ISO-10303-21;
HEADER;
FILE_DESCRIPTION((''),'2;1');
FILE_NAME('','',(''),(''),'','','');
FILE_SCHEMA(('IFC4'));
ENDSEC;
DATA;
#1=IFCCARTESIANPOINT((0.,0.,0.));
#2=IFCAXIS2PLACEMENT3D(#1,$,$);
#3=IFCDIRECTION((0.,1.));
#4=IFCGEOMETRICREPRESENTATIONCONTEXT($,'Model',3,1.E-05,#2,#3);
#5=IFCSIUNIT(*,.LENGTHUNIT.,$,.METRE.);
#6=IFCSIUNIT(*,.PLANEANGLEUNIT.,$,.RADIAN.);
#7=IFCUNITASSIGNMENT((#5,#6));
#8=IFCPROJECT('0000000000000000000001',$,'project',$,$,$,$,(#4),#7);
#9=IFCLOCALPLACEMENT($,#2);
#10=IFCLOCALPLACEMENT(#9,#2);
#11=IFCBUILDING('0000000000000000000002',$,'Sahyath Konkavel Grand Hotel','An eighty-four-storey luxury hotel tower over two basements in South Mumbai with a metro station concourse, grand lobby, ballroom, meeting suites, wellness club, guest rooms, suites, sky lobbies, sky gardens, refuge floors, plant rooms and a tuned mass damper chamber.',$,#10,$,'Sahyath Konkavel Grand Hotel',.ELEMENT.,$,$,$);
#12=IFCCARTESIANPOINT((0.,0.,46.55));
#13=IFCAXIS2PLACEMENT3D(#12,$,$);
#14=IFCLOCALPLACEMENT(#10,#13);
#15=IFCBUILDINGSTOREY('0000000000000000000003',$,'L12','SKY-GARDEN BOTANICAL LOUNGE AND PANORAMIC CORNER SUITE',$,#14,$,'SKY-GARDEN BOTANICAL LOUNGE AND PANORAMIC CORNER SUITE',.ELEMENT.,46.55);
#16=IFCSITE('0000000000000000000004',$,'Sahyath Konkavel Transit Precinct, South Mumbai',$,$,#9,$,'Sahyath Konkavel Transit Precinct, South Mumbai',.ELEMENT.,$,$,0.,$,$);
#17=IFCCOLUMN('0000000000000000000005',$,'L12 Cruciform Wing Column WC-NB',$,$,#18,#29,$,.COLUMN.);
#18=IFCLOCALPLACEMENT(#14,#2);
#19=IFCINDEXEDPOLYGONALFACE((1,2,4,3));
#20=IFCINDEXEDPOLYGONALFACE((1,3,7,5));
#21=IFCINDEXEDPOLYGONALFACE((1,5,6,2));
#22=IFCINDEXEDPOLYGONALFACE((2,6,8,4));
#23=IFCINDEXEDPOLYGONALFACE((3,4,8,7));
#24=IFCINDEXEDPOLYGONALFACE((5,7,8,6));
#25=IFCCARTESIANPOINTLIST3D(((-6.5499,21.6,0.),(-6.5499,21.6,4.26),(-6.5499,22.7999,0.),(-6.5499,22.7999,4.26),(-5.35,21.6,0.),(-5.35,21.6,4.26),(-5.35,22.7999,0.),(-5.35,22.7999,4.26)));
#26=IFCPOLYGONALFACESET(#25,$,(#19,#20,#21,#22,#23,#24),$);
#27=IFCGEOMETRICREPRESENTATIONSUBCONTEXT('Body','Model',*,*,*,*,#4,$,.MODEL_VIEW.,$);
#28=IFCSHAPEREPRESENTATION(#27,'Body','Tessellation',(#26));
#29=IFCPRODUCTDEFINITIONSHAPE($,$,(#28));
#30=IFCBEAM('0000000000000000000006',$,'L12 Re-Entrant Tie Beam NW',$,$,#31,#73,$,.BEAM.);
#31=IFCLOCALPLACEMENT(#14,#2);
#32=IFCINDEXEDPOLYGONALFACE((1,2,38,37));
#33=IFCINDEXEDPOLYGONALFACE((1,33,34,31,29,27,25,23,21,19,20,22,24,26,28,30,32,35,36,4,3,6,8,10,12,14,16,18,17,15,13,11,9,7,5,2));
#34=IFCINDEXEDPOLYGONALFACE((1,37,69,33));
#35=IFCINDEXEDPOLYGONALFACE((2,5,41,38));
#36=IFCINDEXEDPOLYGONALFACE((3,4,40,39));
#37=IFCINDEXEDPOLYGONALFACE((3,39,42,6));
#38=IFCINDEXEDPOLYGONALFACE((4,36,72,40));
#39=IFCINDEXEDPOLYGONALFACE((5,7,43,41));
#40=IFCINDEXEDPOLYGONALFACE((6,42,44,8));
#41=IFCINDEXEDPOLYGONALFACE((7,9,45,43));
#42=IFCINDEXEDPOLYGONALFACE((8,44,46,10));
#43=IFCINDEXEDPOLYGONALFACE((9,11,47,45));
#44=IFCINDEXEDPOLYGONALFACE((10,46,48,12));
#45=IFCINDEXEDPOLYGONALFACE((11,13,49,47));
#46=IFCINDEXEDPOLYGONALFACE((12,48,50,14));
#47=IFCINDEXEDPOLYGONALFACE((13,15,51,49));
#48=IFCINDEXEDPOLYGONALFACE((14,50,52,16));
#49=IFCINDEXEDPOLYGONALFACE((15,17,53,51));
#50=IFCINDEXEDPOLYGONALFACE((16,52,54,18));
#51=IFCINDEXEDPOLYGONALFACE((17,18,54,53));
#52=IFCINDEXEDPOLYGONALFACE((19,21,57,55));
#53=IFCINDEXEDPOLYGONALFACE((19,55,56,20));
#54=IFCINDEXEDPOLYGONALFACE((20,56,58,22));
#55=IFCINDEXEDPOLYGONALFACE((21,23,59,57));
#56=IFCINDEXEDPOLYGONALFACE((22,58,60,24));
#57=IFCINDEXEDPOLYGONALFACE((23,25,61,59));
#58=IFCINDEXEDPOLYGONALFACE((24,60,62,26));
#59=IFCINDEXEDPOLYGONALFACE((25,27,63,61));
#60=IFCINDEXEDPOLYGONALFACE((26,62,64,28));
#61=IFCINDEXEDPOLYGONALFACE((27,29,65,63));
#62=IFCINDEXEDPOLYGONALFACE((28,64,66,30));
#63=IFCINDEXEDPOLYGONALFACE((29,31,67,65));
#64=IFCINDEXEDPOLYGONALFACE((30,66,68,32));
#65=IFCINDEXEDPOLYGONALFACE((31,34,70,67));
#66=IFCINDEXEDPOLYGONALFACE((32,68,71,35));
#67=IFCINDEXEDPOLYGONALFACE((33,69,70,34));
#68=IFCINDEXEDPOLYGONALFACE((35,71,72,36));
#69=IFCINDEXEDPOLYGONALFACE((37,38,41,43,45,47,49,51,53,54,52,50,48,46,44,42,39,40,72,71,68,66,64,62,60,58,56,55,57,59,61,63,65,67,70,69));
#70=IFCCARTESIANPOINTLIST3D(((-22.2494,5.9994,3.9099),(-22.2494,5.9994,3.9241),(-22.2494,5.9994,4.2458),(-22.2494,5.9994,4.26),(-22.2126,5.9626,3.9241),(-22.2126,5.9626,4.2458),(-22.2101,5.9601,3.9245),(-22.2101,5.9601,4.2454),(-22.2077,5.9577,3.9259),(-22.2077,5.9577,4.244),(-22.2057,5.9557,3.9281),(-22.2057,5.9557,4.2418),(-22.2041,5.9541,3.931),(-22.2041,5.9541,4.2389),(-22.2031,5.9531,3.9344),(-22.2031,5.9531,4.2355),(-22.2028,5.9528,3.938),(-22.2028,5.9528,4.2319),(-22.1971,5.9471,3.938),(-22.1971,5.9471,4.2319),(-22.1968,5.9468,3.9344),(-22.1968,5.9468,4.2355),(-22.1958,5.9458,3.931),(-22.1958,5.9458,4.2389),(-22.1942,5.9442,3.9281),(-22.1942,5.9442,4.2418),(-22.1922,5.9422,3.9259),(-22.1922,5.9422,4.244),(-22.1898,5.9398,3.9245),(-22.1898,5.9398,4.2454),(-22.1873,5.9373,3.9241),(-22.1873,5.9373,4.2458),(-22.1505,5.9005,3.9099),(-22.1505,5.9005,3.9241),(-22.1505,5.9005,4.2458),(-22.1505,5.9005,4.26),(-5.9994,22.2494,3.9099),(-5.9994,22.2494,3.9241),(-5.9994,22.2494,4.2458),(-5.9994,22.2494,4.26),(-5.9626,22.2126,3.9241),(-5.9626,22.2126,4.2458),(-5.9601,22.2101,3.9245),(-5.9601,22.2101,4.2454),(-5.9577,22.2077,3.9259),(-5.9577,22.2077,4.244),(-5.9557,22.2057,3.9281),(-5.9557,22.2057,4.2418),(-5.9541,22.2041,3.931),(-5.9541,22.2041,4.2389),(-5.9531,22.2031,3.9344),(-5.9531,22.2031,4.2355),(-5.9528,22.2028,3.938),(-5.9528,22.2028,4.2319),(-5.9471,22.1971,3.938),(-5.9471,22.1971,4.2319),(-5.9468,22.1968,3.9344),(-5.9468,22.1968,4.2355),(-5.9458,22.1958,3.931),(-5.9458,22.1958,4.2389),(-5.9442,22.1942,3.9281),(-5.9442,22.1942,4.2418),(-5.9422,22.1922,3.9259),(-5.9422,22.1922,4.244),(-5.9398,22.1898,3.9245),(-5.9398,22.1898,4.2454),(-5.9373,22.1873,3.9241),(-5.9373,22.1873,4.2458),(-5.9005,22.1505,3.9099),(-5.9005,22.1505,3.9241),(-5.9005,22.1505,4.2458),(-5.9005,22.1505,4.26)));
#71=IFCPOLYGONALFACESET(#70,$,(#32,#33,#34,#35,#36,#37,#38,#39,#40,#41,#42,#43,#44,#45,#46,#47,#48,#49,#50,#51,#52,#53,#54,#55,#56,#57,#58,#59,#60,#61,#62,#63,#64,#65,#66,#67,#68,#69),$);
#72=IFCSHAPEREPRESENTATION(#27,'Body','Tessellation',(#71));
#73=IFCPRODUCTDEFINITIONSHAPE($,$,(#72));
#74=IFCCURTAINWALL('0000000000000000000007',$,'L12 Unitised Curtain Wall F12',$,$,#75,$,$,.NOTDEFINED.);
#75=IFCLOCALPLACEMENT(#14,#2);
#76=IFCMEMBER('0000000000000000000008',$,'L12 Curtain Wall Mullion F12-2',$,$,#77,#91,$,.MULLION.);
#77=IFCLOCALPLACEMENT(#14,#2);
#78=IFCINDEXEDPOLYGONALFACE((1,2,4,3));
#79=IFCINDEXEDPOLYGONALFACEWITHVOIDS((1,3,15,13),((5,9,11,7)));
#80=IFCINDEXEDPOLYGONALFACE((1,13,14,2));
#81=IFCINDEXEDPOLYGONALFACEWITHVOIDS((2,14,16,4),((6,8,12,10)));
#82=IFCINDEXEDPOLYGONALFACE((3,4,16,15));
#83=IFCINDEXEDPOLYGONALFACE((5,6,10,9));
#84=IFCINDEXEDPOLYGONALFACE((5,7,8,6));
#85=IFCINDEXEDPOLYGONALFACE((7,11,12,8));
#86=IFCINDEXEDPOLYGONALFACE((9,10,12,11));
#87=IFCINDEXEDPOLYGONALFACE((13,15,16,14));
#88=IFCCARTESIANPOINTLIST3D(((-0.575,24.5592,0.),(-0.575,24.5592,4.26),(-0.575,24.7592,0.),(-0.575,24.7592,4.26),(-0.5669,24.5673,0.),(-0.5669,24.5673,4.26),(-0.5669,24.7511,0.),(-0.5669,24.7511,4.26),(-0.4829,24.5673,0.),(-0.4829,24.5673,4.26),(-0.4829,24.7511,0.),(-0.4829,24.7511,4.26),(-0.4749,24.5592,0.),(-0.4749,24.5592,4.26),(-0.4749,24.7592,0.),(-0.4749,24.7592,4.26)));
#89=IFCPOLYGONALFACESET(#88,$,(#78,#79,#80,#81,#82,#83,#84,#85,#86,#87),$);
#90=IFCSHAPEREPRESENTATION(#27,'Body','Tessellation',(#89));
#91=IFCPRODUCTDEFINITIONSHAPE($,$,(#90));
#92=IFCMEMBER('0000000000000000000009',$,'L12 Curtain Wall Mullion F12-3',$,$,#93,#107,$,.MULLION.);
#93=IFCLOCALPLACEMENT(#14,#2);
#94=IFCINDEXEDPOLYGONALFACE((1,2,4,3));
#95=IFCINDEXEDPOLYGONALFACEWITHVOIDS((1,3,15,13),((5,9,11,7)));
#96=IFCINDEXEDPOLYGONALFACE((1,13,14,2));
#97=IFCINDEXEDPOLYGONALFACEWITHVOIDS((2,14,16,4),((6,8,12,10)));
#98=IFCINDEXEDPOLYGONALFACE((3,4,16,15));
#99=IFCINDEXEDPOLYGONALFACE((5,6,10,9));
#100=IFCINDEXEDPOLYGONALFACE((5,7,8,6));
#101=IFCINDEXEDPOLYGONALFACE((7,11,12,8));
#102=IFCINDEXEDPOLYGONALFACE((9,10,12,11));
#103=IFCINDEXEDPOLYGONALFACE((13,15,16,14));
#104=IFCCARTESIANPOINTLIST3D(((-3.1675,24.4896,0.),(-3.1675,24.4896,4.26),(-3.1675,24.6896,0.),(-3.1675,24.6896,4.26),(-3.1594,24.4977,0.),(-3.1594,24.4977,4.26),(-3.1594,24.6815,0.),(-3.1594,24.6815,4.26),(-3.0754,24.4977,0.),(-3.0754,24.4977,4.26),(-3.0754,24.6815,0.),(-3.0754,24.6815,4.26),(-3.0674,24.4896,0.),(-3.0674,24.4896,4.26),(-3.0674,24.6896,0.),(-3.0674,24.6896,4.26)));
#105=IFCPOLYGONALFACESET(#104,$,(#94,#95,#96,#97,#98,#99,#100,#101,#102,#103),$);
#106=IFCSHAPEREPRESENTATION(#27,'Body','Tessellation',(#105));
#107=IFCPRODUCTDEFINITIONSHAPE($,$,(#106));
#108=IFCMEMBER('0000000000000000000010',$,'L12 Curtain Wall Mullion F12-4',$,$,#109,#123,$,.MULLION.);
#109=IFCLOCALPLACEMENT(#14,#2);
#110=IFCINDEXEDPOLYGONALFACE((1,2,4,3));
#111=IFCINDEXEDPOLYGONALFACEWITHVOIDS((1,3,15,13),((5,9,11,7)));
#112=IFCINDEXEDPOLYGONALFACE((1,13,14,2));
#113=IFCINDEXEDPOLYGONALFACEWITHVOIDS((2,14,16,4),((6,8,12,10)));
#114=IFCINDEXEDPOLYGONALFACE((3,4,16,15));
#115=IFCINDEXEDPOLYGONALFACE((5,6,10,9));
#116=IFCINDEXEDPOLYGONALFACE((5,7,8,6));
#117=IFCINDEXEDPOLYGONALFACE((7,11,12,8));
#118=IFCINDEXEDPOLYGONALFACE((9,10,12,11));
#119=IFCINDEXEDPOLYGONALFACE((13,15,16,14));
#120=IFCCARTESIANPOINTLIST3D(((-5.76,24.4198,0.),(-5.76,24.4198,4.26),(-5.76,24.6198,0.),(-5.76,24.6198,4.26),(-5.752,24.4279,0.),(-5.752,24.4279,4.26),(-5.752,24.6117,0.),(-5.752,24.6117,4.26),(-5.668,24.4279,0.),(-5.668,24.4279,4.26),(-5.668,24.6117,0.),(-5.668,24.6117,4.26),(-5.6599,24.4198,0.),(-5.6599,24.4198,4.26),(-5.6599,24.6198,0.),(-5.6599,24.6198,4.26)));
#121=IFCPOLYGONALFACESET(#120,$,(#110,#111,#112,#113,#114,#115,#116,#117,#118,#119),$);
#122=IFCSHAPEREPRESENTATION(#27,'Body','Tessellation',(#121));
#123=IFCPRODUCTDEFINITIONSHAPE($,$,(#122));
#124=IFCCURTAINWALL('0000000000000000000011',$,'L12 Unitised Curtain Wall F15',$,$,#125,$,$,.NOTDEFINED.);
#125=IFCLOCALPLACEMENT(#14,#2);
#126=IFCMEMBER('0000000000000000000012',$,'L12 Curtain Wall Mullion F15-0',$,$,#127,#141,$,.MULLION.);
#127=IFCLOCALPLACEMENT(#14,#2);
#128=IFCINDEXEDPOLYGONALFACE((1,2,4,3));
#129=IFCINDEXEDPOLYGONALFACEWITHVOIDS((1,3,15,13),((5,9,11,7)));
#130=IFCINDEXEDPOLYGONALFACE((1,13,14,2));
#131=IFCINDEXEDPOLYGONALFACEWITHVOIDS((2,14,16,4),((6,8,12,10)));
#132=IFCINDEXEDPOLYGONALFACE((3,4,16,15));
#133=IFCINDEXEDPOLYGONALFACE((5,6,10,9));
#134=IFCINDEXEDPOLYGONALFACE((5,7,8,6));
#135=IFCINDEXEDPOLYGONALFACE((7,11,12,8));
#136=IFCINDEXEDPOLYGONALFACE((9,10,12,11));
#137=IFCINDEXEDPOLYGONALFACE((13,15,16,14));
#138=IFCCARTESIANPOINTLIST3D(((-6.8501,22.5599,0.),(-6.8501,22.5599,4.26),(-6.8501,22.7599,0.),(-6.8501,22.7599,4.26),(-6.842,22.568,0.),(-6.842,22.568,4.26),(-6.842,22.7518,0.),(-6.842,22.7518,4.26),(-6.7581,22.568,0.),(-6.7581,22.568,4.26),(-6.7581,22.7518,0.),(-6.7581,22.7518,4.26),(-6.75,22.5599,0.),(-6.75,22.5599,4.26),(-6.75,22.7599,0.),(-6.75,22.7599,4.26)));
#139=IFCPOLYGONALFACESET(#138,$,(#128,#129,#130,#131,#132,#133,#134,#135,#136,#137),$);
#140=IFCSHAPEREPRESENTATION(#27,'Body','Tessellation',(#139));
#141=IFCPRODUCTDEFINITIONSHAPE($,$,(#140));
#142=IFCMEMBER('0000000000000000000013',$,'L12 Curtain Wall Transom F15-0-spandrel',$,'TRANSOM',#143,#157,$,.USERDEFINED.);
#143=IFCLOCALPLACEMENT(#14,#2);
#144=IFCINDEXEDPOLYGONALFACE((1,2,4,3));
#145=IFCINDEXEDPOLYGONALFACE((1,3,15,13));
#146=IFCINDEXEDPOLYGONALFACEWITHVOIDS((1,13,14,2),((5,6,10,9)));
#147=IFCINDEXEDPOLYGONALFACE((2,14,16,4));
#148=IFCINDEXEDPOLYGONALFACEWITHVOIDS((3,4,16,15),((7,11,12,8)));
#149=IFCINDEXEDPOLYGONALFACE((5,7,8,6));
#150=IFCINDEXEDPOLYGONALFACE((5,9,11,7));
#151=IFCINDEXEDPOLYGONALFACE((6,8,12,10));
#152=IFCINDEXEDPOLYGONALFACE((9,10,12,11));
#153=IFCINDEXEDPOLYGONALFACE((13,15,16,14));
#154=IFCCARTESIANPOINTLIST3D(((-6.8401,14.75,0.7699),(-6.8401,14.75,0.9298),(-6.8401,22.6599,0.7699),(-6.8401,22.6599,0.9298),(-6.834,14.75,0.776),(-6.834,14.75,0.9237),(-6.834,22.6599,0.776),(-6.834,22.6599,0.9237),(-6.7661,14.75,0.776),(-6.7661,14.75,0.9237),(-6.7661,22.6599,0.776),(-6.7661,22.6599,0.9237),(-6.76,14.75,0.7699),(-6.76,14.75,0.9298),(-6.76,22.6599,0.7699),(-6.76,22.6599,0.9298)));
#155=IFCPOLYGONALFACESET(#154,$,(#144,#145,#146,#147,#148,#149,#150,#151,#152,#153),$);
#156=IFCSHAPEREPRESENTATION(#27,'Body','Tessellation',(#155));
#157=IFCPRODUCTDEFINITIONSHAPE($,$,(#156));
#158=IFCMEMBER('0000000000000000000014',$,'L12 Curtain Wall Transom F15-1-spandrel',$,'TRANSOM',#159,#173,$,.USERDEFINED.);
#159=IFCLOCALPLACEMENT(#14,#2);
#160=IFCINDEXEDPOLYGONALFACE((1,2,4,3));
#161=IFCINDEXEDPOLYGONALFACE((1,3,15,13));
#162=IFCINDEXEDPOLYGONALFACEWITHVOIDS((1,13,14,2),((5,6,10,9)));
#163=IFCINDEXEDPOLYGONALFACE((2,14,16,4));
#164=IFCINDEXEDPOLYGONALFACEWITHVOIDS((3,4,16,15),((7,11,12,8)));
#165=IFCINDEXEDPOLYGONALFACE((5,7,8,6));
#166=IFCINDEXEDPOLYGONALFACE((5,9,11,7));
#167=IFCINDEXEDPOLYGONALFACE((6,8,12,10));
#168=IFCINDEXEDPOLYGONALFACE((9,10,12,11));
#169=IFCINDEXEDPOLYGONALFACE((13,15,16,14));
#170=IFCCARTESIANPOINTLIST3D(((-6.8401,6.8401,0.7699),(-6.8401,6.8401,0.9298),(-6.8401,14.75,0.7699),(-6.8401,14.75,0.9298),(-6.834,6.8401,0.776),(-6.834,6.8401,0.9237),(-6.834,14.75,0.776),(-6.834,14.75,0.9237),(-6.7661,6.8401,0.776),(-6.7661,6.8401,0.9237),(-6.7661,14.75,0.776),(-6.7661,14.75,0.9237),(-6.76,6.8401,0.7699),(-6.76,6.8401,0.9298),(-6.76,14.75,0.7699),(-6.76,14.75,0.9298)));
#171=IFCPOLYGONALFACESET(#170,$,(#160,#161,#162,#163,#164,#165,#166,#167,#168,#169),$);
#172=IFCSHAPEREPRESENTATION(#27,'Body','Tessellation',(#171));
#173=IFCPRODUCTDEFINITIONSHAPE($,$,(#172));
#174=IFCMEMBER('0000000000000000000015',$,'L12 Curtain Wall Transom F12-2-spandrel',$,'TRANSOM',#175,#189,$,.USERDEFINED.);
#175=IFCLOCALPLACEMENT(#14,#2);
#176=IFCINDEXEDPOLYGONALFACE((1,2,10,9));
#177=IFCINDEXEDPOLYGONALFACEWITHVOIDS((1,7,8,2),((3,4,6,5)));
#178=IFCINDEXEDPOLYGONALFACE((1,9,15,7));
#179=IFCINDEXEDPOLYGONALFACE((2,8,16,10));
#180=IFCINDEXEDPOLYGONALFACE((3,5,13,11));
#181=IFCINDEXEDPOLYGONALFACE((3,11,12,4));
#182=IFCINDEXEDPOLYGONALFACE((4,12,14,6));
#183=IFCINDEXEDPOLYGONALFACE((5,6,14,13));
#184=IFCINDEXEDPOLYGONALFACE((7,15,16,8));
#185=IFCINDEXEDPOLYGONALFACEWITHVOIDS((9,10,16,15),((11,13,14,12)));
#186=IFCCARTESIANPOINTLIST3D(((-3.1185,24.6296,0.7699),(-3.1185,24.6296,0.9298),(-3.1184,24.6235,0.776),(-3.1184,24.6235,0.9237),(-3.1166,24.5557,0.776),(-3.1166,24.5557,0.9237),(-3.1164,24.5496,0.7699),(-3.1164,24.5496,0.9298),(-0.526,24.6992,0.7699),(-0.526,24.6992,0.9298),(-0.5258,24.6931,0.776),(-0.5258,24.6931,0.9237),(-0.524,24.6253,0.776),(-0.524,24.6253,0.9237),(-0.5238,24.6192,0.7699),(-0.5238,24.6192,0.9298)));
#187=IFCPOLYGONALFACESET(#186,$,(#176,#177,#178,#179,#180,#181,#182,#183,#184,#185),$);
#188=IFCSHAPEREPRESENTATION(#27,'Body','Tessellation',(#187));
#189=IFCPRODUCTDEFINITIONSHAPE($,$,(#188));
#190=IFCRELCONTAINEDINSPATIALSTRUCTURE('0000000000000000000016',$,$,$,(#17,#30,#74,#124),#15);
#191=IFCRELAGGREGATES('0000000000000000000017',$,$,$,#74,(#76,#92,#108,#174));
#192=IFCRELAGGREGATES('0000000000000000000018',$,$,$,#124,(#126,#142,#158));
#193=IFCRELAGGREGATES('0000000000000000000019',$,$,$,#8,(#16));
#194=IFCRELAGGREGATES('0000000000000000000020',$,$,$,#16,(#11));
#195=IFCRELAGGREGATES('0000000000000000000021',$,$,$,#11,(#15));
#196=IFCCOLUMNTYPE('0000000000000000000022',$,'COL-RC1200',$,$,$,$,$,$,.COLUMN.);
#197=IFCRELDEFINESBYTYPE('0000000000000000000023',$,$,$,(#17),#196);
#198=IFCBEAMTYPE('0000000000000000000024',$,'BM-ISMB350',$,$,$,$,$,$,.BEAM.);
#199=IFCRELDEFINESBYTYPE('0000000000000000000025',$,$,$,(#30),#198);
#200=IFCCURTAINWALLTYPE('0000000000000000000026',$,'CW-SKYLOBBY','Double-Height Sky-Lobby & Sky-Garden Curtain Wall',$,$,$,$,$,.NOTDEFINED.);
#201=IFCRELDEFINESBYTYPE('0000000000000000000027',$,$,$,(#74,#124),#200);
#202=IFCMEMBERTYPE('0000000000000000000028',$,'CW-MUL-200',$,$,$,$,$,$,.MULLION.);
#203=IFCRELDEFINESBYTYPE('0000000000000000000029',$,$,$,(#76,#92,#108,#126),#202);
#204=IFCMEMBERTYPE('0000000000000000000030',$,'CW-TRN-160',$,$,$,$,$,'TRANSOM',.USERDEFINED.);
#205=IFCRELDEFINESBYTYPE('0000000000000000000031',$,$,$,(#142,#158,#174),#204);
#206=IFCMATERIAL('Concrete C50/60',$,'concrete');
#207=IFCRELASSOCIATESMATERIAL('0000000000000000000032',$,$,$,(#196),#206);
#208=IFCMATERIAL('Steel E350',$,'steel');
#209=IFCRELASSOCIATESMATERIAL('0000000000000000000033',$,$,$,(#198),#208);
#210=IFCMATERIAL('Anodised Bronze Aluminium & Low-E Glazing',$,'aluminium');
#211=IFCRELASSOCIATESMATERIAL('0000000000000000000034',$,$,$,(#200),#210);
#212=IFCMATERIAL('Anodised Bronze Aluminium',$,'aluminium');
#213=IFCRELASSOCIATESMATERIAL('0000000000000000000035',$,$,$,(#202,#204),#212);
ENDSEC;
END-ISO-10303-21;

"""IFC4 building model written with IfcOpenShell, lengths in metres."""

from ifc_helpers import new_model, si_unit, direction, frame, origin, origin_2d, place, context, subcontext, project, spatial, rectangle, hollow_rectangle, i_section, extrude, source, transform, mapped, material, material_profile, profile_set, type_object, element, aggregate, save


model = new_model("IFC4")

# Units and contexts
model_context = context("Model", 3, precision=1e-05, world=origin(), true_north=direction((0.0, 1.0)))
body_context = subcontext(model_context, "Body", "Model", "MODEL_VIEW")
ifc_project = project(units=[si_unit("LENGTHUNIT", "METRE"), si_unit("PLANEANGLEUNIT", "RADIAN")], contexts=[model_context])

# Site, building, storey
site_placement = place(None, origin())
site = spatial("IfcSite", under=ifc_project, at=site_placement, Name="Sahyath Konkavel Transit Precinct, South Mumbai", LongName="Sahyath Konkavel Transit Precinct, South Mumbai", CompositionType="ELEMENT", RefElevation=0.0)
building_placement = place(site_placement, origin())
building = spatial("IfcBuilding", under=site, at=building_placement, Name="Sahyath Konkavel Grand Hotel", Description="An eighty-four-storey luxury hotel tower over two basements in South Mumbai with a metro station concourse, grand lobby, ballroom, meeting suites, wellness club, guest rooms, suites, sky lobbies, sky gardens, refuge floors, plant rooms and a tuned mass damper chamber.", LongName="Sahyath Konkavel Grand Hotel", CompositionType="ELEMENT")
storey_placement = place(building_placement, frame((0.0, 0.0, 46.55)))
storey = spatial("IfcBuildingStorey", under=building, at=storey_placement, Name="L12", Description="SKY-GARDEN BOTANICAL LOUNGE AND PANORAMIC CORNER SUITE", LongName="SKY-GARDEN BOTANICAL LOUNGE AND PANORAMIC CORNER SUITE", CompositionType="ELEMENT", Elevation=46.55)

# Column
ifc_material_1 = material(Name="Concrete C50/60", Category="concrete")
ifc_material_profile_1 = material_profile(ifc_material_1, rectangle(XDim=1.2, YDim=1.2, at=origin_2d()), Name="RC 1200x1200")
ifc_profile_set_1 = profile_set([ifc_material_profile_1], Name="Concrete C50/60")
column_type = type_object("IfcColumnType", Name="COL-RC1200", PredefinedType="COLUMN", material=ifc_profile_set_1)
shared_shape_1 = source(origin(), body_context, "Body", "SweptSolid", [
    extrude(rectangle(XDim=1.2, YDim=1.2, at=origin_2d()), origin(), (0.0, 0.0, 1.0), 4.26),
])
column_placement = place(storey_placement, frame((-5.95, 22.2, 0.0), z_axis=(0.0, 0.0, 1.0), x_axis=(1.0, 0.0, 0.0)))
element("IfcColumn", 1, at=column_placement, inside=storey, type_object=column_type, Name="L12 Cruciform Wing Column WC-NB", PredefinedType="COLUMN", context=body_context, shape_type="MappedRepresentation", body=[
    mapped(shared_shape_1, transform((0.0, 0.0, 0.0), scale=1.0)),
])

# Beam
ifc_material_2 = material(Name="Steel E350", Category="steel")
ifc_material_profile_2 = material_profile(ifc_material_2, i_section(OverallWidth=0.1399, OverallDepth=0.3501, WebThickness=0.0081, FlangeThickness=0.0142, FilletRadius=0.0139, at=origin_2d()), Name="ISMB 350")
ifc_profile_set_2 = profile_set([ifc_material_profile_2], Name="Steel E350")
beam_type = type_object("IfcBeamType", Name="BM-ISMB350", PredefinedType="BEAM", material=ifc_profile_set_2)
shared_shape_2 = source(origin(), body_context, "Body", "SweptSolid", [
    extrude(i_section(OverallWidth=0.1399, OverallDepth=0.3501, WebThickness=0.0081, FlangeThickness=0.0142, FilletRadius=0.0139, at=origin_2d()), origin(), (0.0, 0.0, 1.0), 22.981),
])
beam_placement = place(storey_placement, frame((-5.95, 22.2, 4.085), z_axis=(-0.707107, -0.707107, 0.0), x_axis=(0.707107, -0.707107, 0.0)))
element("IfcBeam", 2, at=beam_placement, inside=storey, type_object=beam_type, Name="L12 Re-Entrant Tie Beam NW", PredefinedType="BEAM", context=body_context, shape_type="MappedRepresentation", body=[
    mapped(shared_shape_2, transform((0.0, 0.0, 0.0), scale=1.0)),
])

# Curtain walls, members
ifc_material_3 = material(Name="Anodised Bronze Aluminium & Low-E Glazing", Category="aluminium")
curtain_wall_type = type_object("IfcCurtainWallType", Name="CW-SKYLOBBY", Description="Double-Height Sky-Lobby & Sky-Garden Curtain Wall", PredefinedType="NOTDEFINED", material=ifc_material_3)
curtain_wall_1_placement = place(storey_placement, origin())
curtain_wall_1 = element("IfcCurtainWall", 3, at=curtain_wall_1_placement, inside=storey, type_object=curtain_wall_type, Name="L12 Unitised Curtain Wall F12", PredefinedType="NOTDEFINED")
ifc_material_4 = material(Name="Anodised Bronze Aluminium", Category="aluminium")
ifc_material_profile_3 = material_profile(ifc_material_4, hollow_rectangle(XDim=0.1001, YDim=0.2, WallThickness=0.0081, at=origin_2d()), Name="RHS 200x100x8")
ifc_profile_set_3 = profile_set([ifc_material_profile_3], Name="Anodised Bronze Aluminium")
member_type_1 = type_object("IfcMemberType", Name="CW-MUL-200", PredefinedType="MULLION", material=ifc_profile_set_3)
shared_shape_3 = source(origin(), body_context, "Body", "SweptSolid", [
    extrude(hollow_rectangle(XDim=0.1001, YDim=0.2, WallThickness=0.0081, at=origin_2d()), origin(), (0.0, 0.0, 1.0), 4.26),
])
member_1_placement = place(storey_placement, frame((-0.5249, 24.6592, 0.0), z_axis=(0.0, 0.0, 1.0), x_axis=(1.0, 0.0, 0.0)))
member_1 = element("IfcMember", 4, at=member_1_placement, type_object=member_type_1, Name="L12 Curtain Wall Mullion F12-2", PredefinedType="MULLION", context=body_context, shape_type="MappedRepresentation", body=[
    mapped(shared_shape_3, transform((0.0, 0.0, 0.0), scale=1.0)),
])
member_2_placement = place(storey_placement, frame((-3.1174, 24.5896, 0.0), z_axis=(0.0, 0.0, 1.0), x_axis=(1.0, 0.0, 0.0)))
member_2 = element("IfcMember", 5, at=member_2_placement, type_object=member_type_1, Name="L12 Curtain Wall Mullion F12-3", PredefinedType="MULLION", context=body_context, shape_type="MappedRepresentation", body=[
    mapped(shared_shape_3, transform((0.0, 0.0, 0.0), scale=1.0)),
])
member_3_placement = place(storey_placement, frame((-5.71, 24.5198, 0.0), z_axis=(0.0, 0.0, 1.0), x_axis=(1.0, 0.0, 0.0)))
member_3 = element("IfcMember", 6, at=member_3_placement, type_object=member_type_1, Name="L12 Curtain Wall Mullion F12-4", PredefinedType="MULLION", context=body_context, shape_type="MappedRepresentation", body=[
    mapped(shared_shape_3, transform((0.0, 0.0, 0.0), scale=1.0)),
])
curtain_wall_2_placement = place(storey_placement, origin())
curtain_wall_2 = element("IfcCurtainWall", 7, at=curtain_wall_2_placement, inside=storey, type_object=curtain_wall_type, Name="L12 Unitised Curtain Wall F15", PredefinedType="NOTDEFINED")
member_4_placement = place(storey_placement, frame((-6.8, 22.6599, 0.0), z_axis=(0.0, 0.0, 1.0), x_axis=(1.0, 0.0, 0.0)))
member_4 = element("IfcMember", 8, at=member_4_placement, type_object=member_type_1, Name="L12 Curtain Wall Mullion F15-0", PredefinedType="MULLION", context=body_context, shape_type="MappedRepresentation", body=[
    mapped(shared_shape_3, transform((0.0, 0.0, 0.0), scale=1.0)),
])
ifc_material_profile_4 = material_profile(ifc_material_4, hollow_rectangle(XDim=0.0801, YDim=0.1599, WallThickness=0.0061, at=origin_2d()), Name="RHS 160x80x6")
ifc_profile_set_4 = profile_set([ifc_material_profile_4], Name="Anodised Bronze Aluminium")
member_type_2 = type_object("IfcMemberType", Name="CW-TRN-160", ElementType="TRANSOM", PredefinedType="USERDEFINED", material=ifc_profile_set_4)
shared_shape_4 = source(origin(), body_context, "Body", "SweptSolid", [
    extrude(hollow_rectangle(XDim=0.0801, YDim=0.1599, WallThickness=0.0061, at=origin_2d()), origin(), (0.0, 0.0, 1.0), 7.9099),
])
member_5_placement = place(storey_placement, frame((-6.8, 22.6599, 0.8499), z_axis=(0.0, -1.0, 0.0), x_axis=(1.0, 0.0, 0.0)))
member_5 = element("IfcMember", 9, at=member_5_placement, type_object=member_type_2, Name="L12 Curtain Wall Transom F15-0-spandrel", ObjectType="TRANSOM", PredefinedType="USERDEFINED", context=body_context, shape_type="MappedRepresentation", body=[
    mapped(shared_shape_4, transform((0.0, 0.0, 0.0), scale=1.0)),
])
member_6_placement = place(storey_placement, frame((-6.8, 14.75, 0.8499), z_axis=(0.0, -1.0, 0.0), x_axis=(1.0, 0.0, 0.0)))
member_6 = element("IfcMember", 10, at=member_6_placement, type_object=member_type_2, Name="L12 Curtain Wall Transom F15-1-spandrel", ObjectType="TRANSOM", PredefinedType="USERDEFINED", context=body_context, shape_type="MappedRepresentation", body=[
    mapped(shared_shape_4, transform((0.0, 0.0, 0.0), scale=1.0)),
])

# Member
shared_shape_5 = source(origin(), body_context, "Body", "SweptSolid", [
    extrude(hollow_rectangle(XDim=0.0801, YDim=0.1599, WallThickness=0.0061, at=origin_2d()), origin(), (0.0, 0.0, 1.0), 2.5935),
])
member_7_placement = place(storey_placement, frame((-0.5249, 24.6592, 0.8499), z_axis=(-0.99964, -0.026829, 0.0), x_axis=(0.026829, -0.99964, 0.0)))
member_7 = element("IfcMember", 11, at=member_7_placement, type_object=member_type_2, Name="L12 Curtain Wall Transom F12-2-spandrel", ObjectType="TRANSOM", PredefinedType="USERDEFINED", context=body_context, shape_type="MappedRepresentation", body=[
    mapped(shared_shape_5, transform((0.0, 0.0, 0.0), scale=1.0)),
])

aggregate(curtain_wall_1, [member_1, member_2, member_3, member_7])
aggregate(curtain_wall_2, [member_4, member_5, member_6])

save(model, "model.ifc")
